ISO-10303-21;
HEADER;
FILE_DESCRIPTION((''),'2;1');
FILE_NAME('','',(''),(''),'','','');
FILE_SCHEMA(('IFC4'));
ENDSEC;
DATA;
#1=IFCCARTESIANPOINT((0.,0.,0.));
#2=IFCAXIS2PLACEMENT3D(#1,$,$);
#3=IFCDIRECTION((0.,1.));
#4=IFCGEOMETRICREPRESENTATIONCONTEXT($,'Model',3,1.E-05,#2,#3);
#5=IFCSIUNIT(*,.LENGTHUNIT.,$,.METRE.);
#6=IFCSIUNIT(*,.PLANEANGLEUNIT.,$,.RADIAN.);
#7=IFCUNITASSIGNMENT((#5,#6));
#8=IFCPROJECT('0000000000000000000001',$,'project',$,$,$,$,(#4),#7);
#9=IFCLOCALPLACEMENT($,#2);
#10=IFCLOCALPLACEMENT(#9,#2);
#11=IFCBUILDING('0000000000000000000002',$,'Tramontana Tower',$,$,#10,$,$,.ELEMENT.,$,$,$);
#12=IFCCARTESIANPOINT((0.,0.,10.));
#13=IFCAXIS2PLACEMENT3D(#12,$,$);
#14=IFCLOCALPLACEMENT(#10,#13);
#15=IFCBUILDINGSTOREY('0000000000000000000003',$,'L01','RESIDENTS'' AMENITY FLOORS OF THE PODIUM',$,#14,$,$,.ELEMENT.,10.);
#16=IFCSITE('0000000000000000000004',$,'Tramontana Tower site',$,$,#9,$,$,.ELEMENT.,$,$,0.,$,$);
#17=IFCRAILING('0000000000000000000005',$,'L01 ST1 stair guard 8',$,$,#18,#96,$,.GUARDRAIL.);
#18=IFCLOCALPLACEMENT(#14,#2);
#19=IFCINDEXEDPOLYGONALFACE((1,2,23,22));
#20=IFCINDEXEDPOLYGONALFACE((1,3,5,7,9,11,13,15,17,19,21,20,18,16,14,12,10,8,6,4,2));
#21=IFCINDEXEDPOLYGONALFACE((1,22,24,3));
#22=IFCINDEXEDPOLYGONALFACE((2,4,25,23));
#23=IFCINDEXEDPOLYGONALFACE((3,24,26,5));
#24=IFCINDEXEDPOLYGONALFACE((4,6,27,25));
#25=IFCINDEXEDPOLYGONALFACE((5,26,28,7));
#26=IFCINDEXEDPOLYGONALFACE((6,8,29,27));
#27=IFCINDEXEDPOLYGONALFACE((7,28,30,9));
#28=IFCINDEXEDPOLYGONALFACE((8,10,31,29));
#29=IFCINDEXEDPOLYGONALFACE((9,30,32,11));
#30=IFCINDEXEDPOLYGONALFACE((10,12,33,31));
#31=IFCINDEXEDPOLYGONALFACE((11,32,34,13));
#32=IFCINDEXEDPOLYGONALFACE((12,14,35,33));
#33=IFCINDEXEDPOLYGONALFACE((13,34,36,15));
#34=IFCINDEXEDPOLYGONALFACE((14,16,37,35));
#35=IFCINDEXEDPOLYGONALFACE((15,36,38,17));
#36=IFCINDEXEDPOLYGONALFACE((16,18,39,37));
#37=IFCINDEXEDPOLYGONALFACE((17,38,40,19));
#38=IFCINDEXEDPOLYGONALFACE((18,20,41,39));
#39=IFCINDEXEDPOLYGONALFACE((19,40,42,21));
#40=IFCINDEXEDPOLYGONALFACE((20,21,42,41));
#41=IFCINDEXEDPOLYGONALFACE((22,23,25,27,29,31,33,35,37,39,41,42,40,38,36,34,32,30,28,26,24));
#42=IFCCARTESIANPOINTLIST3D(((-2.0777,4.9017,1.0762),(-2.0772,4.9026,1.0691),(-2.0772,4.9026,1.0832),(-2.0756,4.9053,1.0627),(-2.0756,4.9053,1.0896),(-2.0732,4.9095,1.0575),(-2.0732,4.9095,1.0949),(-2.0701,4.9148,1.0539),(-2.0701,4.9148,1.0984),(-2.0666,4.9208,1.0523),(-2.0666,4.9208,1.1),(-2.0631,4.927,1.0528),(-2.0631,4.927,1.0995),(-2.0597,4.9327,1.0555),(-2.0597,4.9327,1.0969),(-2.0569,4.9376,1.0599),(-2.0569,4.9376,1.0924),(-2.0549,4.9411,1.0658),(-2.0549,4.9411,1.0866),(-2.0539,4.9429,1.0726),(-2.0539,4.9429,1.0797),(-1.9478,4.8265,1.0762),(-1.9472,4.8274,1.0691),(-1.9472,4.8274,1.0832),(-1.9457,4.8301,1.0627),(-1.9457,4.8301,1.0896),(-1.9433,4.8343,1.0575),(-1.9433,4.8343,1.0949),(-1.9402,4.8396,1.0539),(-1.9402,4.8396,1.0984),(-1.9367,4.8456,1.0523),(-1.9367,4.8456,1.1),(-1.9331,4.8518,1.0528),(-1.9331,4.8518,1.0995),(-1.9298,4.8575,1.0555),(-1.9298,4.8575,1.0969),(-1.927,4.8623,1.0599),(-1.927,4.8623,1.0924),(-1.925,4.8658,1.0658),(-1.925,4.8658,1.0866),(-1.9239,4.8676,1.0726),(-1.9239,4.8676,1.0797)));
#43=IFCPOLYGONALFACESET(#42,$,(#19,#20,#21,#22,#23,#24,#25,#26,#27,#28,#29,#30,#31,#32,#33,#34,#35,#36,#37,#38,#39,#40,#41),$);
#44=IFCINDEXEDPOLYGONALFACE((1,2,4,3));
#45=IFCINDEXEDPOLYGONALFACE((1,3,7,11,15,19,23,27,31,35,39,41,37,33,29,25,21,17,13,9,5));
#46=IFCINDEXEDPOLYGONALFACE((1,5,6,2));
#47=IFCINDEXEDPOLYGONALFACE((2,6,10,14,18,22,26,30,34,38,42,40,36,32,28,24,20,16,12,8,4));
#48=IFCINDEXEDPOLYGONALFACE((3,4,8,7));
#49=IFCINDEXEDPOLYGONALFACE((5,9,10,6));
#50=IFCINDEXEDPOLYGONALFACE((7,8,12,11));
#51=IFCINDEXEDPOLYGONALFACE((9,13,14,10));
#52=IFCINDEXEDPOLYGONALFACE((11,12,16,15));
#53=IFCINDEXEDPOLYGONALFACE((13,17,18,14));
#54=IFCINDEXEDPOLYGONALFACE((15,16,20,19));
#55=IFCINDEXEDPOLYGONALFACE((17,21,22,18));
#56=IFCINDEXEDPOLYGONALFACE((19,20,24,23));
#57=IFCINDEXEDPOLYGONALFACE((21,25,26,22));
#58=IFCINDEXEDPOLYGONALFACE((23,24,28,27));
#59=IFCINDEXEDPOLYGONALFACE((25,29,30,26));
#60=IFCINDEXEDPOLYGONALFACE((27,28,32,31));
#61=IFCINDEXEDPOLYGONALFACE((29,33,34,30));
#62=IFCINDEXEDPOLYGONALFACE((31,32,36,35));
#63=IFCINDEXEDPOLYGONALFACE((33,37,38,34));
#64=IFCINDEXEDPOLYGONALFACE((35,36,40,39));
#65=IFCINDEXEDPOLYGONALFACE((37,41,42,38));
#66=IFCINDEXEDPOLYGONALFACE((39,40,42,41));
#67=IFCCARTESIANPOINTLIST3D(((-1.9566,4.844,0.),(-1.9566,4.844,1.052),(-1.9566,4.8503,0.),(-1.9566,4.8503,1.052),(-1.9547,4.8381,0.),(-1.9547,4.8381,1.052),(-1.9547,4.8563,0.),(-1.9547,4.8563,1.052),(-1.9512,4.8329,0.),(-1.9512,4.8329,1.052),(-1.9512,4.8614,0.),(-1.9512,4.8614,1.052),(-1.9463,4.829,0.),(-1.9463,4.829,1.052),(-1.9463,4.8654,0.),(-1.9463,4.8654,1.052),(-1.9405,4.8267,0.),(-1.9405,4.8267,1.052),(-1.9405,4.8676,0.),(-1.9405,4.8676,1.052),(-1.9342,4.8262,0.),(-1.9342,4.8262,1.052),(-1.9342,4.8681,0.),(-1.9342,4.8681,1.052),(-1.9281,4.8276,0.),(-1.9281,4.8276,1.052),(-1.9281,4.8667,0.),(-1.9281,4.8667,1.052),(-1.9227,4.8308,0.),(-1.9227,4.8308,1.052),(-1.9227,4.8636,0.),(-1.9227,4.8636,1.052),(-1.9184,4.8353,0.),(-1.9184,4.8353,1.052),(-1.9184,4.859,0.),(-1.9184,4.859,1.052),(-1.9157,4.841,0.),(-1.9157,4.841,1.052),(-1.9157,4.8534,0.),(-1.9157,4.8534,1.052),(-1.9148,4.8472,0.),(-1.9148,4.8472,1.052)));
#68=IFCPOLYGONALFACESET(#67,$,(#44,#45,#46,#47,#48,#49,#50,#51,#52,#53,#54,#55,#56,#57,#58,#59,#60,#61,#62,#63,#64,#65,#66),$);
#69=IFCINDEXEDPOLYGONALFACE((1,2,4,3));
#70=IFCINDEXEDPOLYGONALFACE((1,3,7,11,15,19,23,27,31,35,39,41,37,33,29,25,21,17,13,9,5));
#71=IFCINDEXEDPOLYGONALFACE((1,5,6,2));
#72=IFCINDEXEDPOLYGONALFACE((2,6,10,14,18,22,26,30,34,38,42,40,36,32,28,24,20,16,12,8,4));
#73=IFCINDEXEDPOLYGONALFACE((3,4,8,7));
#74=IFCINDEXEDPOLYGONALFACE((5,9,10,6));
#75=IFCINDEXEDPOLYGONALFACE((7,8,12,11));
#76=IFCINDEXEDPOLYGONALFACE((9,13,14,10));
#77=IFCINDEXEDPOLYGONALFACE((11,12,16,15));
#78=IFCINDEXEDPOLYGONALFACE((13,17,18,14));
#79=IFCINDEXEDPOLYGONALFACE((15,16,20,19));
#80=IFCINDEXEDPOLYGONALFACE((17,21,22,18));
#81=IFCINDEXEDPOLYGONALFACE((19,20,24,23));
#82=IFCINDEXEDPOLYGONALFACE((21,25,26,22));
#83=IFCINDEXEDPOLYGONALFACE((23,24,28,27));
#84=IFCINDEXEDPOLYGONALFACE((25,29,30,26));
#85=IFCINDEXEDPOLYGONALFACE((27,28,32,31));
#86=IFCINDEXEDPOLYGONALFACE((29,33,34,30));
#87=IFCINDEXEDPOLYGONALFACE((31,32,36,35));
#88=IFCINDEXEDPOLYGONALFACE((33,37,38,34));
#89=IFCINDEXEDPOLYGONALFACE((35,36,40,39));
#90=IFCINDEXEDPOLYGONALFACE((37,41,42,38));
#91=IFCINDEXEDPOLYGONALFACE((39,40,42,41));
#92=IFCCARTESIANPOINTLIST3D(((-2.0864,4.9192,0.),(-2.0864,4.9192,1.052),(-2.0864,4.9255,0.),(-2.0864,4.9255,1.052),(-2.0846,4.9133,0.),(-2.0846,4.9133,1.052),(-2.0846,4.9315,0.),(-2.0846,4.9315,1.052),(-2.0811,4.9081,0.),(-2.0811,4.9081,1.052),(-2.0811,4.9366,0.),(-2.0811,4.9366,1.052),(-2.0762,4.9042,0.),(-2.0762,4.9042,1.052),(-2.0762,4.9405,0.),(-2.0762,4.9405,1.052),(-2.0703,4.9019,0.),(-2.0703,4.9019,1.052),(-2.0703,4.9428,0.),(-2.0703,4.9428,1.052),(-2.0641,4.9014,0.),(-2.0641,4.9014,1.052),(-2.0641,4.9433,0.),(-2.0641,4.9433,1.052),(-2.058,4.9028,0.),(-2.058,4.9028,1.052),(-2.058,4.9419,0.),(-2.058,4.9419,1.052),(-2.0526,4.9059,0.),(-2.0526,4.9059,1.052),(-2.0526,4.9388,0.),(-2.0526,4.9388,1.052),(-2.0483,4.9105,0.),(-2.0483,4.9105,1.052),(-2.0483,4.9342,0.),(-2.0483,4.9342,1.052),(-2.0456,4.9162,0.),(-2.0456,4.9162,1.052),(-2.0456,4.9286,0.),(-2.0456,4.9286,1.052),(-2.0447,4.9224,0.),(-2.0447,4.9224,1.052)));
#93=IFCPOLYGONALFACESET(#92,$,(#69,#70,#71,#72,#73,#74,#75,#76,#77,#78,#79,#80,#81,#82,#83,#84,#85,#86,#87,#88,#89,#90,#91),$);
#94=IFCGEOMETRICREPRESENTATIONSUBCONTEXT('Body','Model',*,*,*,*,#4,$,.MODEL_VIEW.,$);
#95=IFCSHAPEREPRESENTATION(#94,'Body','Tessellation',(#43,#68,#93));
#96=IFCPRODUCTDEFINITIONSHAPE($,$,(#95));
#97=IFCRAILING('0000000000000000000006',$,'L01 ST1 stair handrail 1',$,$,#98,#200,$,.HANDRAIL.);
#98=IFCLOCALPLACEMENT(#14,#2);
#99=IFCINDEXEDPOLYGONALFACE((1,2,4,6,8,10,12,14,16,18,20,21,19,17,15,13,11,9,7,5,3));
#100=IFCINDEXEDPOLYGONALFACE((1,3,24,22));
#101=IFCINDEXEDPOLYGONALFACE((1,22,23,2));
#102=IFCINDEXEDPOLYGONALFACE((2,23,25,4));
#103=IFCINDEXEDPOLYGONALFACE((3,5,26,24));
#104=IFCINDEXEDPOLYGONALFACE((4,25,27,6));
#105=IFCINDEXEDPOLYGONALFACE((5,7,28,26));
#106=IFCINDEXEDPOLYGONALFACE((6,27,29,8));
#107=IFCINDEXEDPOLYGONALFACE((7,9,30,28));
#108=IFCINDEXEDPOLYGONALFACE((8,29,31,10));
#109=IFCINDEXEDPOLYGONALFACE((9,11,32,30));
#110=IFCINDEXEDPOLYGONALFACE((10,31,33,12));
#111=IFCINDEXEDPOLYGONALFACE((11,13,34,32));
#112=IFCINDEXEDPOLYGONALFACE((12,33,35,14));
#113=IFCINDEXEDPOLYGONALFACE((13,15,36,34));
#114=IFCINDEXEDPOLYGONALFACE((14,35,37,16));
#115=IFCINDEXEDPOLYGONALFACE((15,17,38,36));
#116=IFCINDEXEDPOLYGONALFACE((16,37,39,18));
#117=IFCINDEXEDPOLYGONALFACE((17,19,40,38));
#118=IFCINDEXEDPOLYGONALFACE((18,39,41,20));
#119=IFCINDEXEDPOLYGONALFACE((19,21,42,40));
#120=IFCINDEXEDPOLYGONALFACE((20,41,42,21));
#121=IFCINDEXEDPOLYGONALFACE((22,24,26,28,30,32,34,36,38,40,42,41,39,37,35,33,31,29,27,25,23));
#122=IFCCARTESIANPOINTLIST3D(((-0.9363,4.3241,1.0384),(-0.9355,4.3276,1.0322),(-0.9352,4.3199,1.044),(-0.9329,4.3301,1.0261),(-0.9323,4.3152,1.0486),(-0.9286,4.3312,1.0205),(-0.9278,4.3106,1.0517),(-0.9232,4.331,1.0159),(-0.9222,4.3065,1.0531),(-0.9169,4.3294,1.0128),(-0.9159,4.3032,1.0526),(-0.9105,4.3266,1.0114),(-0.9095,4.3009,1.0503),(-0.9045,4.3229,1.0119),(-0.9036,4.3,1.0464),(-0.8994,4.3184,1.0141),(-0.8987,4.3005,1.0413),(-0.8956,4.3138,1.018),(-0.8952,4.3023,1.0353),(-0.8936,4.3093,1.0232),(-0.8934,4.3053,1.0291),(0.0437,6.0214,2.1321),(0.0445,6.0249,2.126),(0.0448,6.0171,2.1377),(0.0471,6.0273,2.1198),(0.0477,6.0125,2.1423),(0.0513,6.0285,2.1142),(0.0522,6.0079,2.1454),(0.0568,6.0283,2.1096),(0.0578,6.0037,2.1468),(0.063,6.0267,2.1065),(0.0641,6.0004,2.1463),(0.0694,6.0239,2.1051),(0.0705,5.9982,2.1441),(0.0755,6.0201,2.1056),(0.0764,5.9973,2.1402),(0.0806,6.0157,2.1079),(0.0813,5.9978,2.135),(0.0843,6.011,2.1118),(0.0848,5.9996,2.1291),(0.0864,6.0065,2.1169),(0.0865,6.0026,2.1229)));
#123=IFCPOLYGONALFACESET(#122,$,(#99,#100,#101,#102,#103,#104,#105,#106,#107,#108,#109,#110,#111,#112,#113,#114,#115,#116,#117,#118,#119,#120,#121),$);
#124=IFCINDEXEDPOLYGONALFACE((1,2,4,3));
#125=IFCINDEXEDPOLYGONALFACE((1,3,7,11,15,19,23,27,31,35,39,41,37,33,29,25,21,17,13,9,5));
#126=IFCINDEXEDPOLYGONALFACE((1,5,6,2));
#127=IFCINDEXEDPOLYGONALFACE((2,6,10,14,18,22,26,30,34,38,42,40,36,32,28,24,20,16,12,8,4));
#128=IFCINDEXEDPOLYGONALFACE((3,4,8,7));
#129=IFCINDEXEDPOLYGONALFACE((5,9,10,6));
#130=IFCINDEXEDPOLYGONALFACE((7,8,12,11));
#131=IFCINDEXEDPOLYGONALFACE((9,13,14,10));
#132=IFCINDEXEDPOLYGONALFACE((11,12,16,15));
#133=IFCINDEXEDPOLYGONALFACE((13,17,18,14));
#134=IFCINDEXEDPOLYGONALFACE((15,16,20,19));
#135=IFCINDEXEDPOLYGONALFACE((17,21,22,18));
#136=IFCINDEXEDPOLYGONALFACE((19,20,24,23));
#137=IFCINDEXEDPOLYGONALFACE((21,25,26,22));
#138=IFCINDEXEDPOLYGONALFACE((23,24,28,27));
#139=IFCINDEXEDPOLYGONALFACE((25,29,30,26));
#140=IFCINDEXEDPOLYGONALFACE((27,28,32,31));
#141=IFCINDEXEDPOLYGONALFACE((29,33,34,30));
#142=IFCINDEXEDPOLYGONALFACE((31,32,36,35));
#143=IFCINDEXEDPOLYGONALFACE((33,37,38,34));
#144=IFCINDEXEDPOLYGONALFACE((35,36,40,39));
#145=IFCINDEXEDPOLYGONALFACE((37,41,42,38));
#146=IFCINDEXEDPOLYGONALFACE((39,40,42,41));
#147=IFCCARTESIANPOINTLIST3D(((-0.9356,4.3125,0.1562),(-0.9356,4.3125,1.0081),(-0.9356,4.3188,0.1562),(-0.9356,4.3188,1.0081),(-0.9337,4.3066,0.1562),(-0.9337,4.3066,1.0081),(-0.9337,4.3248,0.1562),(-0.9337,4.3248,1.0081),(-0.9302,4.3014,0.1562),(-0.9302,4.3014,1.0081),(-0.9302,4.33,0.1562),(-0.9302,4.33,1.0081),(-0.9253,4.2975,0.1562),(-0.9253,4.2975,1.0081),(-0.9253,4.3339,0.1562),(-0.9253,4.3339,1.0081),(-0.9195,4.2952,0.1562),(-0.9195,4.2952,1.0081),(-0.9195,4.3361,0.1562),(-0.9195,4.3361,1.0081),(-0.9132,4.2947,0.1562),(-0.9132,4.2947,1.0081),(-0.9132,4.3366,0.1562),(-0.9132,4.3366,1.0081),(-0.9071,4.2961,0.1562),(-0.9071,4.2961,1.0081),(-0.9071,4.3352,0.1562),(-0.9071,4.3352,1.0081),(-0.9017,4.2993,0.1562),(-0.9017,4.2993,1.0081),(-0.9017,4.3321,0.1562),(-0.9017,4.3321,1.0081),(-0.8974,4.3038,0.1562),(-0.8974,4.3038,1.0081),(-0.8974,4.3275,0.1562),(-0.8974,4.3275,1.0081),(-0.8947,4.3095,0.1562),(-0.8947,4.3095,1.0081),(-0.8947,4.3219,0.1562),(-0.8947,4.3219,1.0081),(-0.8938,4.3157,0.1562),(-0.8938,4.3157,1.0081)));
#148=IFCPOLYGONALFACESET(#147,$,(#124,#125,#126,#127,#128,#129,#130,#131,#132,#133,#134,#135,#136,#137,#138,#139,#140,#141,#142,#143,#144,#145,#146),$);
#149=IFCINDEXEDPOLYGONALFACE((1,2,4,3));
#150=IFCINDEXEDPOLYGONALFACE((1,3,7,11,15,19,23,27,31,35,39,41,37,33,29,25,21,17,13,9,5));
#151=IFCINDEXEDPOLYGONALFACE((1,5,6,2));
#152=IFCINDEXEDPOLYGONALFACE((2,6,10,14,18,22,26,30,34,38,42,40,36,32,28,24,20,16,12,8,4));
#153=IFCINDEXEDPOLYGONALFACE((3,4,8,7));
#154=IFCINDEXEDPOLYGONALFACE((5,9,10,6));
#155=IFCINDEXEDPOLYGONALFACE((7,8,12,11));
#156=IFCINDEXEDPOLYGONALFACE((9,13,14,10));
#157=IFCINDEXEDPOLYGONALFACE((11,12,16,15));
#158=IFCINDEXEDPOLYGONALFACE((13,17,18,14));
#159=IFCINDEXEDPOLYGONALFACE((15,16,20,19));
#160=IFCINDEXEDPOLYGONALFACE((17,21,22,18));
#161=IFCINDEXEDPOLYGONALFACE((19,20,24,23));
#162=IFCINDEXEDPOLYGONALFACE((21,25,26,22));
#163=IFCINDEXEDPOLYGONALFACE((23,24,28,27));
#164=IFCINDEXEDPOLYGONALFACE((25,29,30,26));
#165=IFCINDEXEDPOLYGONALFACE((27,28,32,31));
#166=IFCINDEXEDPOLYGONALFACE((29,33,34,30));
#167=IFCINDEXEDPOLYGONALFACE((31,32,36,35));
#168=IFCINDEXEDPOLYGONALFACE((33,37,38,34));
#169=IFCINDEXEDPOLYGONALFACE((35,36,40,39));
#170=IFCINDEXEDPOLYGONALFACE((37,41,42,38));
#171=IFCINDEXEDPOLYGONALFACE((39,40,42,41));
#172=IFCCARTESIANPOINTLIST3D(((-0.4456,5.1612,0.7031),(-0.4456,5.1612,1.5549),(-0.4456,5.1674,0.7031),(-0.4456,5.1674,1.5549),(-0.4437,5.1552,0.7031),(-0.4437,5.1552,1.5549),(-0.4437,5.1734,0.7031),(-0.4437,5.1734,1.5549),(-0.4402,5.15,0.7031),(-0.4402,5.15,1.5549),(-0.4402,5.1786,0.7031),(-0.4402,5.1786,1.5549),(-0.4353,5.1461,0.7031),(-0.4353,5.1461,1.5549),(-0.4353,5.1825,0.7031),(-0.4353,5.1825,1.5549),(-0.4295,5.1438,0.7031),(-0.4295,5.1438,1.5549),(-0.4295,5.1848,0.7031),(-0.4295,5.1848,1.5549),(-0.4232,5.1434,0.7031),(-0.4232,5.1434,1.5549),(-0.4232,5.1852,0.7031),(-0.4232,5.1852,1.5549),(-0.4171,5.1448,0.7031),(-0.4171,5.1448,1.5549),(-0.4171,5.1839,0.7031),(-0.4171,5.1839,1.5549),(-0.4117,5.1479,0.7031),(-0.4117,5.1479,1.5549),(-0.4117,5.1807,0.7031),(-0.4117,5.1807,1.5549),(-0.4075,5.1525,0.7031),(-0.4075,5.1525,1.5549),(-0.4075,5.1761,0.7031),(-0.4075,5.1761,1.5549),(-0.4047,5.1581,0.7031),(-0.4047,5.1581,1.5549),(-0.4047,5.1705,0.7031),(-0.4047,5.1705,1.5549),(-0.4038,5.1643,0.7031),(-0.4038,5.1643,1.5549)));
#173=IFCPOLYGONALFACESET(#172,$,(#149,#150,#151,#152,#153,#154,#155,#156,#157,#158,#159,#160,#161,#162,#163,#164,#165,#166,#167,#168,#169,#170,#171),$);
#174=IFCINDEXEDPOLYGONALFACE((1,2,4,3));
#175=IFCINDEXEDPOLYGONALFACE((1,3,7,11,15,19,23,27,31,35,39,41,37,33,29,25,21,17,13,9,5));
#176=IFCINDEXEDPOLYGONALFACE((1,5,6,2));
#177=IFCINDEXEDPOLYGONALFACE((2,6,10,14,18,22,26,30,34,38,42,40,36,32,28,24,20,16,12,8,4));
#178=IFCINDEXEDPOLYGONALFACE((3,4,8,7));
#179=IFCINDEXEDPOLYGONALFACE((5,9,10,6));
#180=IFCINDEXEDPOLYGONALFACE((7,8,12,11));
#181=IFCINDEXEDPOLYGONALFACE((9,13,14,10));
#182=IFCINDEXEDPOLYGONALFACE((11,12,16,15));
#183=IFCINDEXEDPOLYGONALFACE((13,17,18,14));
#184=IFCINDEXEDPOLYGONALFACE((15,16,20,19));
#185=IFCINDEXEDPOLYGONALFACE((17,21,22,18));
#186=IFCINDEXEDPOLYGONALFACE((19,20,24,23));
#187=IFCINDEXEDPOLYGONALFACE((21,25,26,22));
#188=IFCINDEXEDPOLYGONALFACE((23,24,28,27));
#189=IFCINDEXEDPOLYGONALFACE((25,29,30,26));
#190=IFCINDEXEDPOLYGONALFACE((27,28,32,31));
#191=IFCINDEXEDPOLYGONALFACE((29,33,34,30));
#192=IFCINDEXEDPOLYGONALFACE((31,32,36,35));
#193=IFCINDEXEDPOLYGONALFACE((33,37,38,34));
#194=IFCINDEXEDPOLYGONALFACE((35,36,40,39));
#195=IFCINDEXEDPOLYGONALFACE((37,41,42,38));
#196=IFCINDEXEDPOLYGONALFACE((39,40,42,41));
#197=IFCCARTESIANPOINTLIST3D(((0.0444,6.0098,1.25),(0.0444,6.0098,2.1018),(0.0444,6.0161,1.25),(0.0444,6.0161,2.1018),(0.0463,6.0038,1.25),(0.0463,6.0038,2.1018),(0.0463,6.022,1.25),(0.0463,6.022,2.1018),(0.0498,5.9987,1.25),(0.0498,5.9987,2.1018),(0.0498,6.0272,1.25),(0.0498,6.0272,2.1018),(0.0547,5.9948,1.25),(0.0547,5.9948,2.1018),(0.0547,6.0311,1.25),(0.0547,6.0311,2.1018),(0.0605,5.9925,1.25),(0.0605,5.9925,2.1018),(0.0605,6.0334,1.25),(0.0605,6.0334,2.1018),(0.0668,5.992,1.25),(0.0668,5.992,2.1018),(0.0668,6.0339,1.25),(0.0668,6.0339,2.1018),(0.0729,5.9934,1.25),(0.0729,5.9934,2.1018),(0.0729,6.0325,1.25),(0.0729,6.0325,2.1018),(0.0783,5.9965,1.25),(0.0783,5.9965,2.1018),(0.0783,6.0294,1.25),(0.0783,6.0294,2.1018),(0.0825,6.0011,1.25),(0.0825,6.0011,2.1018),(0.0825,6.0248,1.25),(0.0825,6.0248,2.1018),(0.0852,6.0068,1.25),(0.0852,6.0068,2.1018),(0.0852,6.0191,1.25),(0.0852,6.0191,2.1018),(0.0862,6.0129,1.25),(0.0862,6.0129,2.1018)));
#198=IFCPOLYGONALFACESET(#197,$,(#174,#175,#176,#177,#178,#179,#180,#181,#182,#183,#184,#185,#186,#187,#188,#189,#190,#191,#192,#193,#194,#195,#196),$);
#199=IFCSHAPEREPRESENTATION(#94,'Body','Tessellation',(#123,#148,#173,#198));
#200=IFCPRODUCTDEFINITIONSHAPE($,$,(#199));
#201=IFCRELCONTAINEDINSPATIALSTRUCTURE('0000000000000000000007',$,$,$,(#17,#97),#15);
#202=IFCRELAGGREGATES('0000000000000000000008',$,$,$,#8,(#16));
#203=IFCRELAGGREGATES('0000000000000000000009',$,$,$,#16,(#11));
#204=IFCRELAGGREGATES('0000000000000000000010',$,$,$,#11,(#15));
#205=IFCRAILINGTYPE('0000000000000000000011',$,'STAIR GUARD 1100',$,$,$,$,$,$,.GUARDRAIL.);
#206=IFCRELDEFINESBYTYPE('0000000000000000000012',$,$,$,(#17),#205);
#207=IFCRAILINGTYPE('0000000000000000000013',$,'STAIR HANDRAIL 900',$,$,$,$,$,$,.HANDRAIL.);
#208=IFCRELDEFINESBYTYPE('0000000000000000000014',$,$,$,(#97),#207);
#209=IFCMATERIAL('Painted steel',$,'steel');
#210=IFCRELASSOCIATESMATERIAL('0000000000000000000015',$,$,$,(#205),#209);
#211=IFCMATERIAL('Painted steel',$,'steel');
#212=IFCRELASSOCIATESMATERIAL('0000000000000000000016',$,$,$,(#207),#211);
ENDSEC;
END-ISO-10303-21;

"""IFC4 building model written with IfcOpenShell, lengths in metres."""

from ifc_helpers import new_model, si_unit, direction, frame, origin, origin_2d, place, context, subcontext, project, spatial, circle, extrude, material, type_object, element, save


model = new_model("IFC4")

# Units and contexts
model_context = context("Model", 3, precision=1e-05, world=origin(), true_north=direction((0.0, 1.0)))
body_context = subcontext(model_context, "Body", "Model", "MODEL_VIEW")
ifc_project = project(units=[si_unit("LENGTHUNIT", "METRE"), si_unit("PLANEANGLEUNIT", "RADIAN")], contexts=[model_context])

# Site, building, storey
site_placement = place(None, origin())
site = spatial("IfcSite", under=ifc_project, at=site_placement, Name="Tramontana Tower site", CompositionType="ELEMENT", RefElevation=0.0)
building_placement = place(site_placement, origin())
building = spatial("IfcBuilding", under=site, at=building_placement, Name="Tramontana Tower", CompositionType="ELEMENT")
storey_placement = place(building_placement, frame((0.0, 0.0, 10.0)))
storey = spatial("IfcBuildingStorey", under=building, at=storey_placement, Name="L01", Description="RESIDENTS' AMENITY FLOORS OF THE PODIUM", CompositionType="ELEMENT", Elevation=10.0)

# Railings
ifc_material_1 = material(Name="Painted steel", Category="steel")
railing_type_1 = type_object("IfcRailingType", Name="STAIR GUARD 1100", PredefinedType="GUARDRAIL", material=ifc_material_1)
railing_1_placement = place(storey_placement, frame((-1.9358, 4.8472, 0.0)))
element("IfcRailing", 1, at=railing_1_placement, inside=storey, type_object=railing_type_1, Name="L01 ST1 stair guard 8", PredefinedType="GUARDRAIL", context=body_context, shape_type="SweptSolid", body=[
    extrude(circle(Radius=0.0239, at=origin_2d()), frame((0.0, 0.0, 1.0762), z_axis=(-0.865426, 0.501036, 0.0), x_axis=(-0.501036, -0.865426, 0.0)), (0.0, 0.0, 1.0), 0.1501),
    extrude(circle(Radius=0.021, at=origin_2d()), origin(), (0.0, 0.0, 1.0), 1.052),
    extrude(circle(Radius=0.021, at=origin_2d()), frame((-0.1299, 0.0752, 0.0)), (0.0, 0.0, 1.0), 1.052),
])
ifc_material_2 = material(Name="Painted steel", Category="steel")
railing_type_2 = type_object("IfcRailingType", Name="STAIR HANDRAIL 900", PredefinedType="HANDRAIL", material=ifc_material_2)
railing_2_placement = place(storey_placement, frame((-0.9148, 4.3157, 0.1562)))
element("IfcRailing", 2, at=railing_2_placement, inside=storey, type_object=railing_type_2, Name="L01 ST1 stair handrail 1", PredefinedType="HANDRAIL", context=body_context, shape_type="SweptSolid", body=[
    extrude(circle(Radius=0.0239, at=origin_2d()), frame((0.0, 0.0, 0.876), z_axis=(0.436632, 0.75622, 0.487323), x_axis=(-0.866011, 0.500024, 0.0)), (0.0, 0.0, 1.0), 2.2444),
    extrude(circle(Radius=0.021, at=origin_2d()), origin(), (0.0, 0.0, 1.0), 0.8518),
    extrude(circle(Radius=0.021, at=origin_2d()), frame((0.49, 0.8486, 0.5469)), (0.0, 0.0, 1.0), 0.8518),
    extrude(circle(Radius=0.021, at=origin_2d()), frame((0.98, 1.6973, 1.0938)), (0.0, 0.0, 1.0), 0.8518),
])

save(model, "model.ifc")
